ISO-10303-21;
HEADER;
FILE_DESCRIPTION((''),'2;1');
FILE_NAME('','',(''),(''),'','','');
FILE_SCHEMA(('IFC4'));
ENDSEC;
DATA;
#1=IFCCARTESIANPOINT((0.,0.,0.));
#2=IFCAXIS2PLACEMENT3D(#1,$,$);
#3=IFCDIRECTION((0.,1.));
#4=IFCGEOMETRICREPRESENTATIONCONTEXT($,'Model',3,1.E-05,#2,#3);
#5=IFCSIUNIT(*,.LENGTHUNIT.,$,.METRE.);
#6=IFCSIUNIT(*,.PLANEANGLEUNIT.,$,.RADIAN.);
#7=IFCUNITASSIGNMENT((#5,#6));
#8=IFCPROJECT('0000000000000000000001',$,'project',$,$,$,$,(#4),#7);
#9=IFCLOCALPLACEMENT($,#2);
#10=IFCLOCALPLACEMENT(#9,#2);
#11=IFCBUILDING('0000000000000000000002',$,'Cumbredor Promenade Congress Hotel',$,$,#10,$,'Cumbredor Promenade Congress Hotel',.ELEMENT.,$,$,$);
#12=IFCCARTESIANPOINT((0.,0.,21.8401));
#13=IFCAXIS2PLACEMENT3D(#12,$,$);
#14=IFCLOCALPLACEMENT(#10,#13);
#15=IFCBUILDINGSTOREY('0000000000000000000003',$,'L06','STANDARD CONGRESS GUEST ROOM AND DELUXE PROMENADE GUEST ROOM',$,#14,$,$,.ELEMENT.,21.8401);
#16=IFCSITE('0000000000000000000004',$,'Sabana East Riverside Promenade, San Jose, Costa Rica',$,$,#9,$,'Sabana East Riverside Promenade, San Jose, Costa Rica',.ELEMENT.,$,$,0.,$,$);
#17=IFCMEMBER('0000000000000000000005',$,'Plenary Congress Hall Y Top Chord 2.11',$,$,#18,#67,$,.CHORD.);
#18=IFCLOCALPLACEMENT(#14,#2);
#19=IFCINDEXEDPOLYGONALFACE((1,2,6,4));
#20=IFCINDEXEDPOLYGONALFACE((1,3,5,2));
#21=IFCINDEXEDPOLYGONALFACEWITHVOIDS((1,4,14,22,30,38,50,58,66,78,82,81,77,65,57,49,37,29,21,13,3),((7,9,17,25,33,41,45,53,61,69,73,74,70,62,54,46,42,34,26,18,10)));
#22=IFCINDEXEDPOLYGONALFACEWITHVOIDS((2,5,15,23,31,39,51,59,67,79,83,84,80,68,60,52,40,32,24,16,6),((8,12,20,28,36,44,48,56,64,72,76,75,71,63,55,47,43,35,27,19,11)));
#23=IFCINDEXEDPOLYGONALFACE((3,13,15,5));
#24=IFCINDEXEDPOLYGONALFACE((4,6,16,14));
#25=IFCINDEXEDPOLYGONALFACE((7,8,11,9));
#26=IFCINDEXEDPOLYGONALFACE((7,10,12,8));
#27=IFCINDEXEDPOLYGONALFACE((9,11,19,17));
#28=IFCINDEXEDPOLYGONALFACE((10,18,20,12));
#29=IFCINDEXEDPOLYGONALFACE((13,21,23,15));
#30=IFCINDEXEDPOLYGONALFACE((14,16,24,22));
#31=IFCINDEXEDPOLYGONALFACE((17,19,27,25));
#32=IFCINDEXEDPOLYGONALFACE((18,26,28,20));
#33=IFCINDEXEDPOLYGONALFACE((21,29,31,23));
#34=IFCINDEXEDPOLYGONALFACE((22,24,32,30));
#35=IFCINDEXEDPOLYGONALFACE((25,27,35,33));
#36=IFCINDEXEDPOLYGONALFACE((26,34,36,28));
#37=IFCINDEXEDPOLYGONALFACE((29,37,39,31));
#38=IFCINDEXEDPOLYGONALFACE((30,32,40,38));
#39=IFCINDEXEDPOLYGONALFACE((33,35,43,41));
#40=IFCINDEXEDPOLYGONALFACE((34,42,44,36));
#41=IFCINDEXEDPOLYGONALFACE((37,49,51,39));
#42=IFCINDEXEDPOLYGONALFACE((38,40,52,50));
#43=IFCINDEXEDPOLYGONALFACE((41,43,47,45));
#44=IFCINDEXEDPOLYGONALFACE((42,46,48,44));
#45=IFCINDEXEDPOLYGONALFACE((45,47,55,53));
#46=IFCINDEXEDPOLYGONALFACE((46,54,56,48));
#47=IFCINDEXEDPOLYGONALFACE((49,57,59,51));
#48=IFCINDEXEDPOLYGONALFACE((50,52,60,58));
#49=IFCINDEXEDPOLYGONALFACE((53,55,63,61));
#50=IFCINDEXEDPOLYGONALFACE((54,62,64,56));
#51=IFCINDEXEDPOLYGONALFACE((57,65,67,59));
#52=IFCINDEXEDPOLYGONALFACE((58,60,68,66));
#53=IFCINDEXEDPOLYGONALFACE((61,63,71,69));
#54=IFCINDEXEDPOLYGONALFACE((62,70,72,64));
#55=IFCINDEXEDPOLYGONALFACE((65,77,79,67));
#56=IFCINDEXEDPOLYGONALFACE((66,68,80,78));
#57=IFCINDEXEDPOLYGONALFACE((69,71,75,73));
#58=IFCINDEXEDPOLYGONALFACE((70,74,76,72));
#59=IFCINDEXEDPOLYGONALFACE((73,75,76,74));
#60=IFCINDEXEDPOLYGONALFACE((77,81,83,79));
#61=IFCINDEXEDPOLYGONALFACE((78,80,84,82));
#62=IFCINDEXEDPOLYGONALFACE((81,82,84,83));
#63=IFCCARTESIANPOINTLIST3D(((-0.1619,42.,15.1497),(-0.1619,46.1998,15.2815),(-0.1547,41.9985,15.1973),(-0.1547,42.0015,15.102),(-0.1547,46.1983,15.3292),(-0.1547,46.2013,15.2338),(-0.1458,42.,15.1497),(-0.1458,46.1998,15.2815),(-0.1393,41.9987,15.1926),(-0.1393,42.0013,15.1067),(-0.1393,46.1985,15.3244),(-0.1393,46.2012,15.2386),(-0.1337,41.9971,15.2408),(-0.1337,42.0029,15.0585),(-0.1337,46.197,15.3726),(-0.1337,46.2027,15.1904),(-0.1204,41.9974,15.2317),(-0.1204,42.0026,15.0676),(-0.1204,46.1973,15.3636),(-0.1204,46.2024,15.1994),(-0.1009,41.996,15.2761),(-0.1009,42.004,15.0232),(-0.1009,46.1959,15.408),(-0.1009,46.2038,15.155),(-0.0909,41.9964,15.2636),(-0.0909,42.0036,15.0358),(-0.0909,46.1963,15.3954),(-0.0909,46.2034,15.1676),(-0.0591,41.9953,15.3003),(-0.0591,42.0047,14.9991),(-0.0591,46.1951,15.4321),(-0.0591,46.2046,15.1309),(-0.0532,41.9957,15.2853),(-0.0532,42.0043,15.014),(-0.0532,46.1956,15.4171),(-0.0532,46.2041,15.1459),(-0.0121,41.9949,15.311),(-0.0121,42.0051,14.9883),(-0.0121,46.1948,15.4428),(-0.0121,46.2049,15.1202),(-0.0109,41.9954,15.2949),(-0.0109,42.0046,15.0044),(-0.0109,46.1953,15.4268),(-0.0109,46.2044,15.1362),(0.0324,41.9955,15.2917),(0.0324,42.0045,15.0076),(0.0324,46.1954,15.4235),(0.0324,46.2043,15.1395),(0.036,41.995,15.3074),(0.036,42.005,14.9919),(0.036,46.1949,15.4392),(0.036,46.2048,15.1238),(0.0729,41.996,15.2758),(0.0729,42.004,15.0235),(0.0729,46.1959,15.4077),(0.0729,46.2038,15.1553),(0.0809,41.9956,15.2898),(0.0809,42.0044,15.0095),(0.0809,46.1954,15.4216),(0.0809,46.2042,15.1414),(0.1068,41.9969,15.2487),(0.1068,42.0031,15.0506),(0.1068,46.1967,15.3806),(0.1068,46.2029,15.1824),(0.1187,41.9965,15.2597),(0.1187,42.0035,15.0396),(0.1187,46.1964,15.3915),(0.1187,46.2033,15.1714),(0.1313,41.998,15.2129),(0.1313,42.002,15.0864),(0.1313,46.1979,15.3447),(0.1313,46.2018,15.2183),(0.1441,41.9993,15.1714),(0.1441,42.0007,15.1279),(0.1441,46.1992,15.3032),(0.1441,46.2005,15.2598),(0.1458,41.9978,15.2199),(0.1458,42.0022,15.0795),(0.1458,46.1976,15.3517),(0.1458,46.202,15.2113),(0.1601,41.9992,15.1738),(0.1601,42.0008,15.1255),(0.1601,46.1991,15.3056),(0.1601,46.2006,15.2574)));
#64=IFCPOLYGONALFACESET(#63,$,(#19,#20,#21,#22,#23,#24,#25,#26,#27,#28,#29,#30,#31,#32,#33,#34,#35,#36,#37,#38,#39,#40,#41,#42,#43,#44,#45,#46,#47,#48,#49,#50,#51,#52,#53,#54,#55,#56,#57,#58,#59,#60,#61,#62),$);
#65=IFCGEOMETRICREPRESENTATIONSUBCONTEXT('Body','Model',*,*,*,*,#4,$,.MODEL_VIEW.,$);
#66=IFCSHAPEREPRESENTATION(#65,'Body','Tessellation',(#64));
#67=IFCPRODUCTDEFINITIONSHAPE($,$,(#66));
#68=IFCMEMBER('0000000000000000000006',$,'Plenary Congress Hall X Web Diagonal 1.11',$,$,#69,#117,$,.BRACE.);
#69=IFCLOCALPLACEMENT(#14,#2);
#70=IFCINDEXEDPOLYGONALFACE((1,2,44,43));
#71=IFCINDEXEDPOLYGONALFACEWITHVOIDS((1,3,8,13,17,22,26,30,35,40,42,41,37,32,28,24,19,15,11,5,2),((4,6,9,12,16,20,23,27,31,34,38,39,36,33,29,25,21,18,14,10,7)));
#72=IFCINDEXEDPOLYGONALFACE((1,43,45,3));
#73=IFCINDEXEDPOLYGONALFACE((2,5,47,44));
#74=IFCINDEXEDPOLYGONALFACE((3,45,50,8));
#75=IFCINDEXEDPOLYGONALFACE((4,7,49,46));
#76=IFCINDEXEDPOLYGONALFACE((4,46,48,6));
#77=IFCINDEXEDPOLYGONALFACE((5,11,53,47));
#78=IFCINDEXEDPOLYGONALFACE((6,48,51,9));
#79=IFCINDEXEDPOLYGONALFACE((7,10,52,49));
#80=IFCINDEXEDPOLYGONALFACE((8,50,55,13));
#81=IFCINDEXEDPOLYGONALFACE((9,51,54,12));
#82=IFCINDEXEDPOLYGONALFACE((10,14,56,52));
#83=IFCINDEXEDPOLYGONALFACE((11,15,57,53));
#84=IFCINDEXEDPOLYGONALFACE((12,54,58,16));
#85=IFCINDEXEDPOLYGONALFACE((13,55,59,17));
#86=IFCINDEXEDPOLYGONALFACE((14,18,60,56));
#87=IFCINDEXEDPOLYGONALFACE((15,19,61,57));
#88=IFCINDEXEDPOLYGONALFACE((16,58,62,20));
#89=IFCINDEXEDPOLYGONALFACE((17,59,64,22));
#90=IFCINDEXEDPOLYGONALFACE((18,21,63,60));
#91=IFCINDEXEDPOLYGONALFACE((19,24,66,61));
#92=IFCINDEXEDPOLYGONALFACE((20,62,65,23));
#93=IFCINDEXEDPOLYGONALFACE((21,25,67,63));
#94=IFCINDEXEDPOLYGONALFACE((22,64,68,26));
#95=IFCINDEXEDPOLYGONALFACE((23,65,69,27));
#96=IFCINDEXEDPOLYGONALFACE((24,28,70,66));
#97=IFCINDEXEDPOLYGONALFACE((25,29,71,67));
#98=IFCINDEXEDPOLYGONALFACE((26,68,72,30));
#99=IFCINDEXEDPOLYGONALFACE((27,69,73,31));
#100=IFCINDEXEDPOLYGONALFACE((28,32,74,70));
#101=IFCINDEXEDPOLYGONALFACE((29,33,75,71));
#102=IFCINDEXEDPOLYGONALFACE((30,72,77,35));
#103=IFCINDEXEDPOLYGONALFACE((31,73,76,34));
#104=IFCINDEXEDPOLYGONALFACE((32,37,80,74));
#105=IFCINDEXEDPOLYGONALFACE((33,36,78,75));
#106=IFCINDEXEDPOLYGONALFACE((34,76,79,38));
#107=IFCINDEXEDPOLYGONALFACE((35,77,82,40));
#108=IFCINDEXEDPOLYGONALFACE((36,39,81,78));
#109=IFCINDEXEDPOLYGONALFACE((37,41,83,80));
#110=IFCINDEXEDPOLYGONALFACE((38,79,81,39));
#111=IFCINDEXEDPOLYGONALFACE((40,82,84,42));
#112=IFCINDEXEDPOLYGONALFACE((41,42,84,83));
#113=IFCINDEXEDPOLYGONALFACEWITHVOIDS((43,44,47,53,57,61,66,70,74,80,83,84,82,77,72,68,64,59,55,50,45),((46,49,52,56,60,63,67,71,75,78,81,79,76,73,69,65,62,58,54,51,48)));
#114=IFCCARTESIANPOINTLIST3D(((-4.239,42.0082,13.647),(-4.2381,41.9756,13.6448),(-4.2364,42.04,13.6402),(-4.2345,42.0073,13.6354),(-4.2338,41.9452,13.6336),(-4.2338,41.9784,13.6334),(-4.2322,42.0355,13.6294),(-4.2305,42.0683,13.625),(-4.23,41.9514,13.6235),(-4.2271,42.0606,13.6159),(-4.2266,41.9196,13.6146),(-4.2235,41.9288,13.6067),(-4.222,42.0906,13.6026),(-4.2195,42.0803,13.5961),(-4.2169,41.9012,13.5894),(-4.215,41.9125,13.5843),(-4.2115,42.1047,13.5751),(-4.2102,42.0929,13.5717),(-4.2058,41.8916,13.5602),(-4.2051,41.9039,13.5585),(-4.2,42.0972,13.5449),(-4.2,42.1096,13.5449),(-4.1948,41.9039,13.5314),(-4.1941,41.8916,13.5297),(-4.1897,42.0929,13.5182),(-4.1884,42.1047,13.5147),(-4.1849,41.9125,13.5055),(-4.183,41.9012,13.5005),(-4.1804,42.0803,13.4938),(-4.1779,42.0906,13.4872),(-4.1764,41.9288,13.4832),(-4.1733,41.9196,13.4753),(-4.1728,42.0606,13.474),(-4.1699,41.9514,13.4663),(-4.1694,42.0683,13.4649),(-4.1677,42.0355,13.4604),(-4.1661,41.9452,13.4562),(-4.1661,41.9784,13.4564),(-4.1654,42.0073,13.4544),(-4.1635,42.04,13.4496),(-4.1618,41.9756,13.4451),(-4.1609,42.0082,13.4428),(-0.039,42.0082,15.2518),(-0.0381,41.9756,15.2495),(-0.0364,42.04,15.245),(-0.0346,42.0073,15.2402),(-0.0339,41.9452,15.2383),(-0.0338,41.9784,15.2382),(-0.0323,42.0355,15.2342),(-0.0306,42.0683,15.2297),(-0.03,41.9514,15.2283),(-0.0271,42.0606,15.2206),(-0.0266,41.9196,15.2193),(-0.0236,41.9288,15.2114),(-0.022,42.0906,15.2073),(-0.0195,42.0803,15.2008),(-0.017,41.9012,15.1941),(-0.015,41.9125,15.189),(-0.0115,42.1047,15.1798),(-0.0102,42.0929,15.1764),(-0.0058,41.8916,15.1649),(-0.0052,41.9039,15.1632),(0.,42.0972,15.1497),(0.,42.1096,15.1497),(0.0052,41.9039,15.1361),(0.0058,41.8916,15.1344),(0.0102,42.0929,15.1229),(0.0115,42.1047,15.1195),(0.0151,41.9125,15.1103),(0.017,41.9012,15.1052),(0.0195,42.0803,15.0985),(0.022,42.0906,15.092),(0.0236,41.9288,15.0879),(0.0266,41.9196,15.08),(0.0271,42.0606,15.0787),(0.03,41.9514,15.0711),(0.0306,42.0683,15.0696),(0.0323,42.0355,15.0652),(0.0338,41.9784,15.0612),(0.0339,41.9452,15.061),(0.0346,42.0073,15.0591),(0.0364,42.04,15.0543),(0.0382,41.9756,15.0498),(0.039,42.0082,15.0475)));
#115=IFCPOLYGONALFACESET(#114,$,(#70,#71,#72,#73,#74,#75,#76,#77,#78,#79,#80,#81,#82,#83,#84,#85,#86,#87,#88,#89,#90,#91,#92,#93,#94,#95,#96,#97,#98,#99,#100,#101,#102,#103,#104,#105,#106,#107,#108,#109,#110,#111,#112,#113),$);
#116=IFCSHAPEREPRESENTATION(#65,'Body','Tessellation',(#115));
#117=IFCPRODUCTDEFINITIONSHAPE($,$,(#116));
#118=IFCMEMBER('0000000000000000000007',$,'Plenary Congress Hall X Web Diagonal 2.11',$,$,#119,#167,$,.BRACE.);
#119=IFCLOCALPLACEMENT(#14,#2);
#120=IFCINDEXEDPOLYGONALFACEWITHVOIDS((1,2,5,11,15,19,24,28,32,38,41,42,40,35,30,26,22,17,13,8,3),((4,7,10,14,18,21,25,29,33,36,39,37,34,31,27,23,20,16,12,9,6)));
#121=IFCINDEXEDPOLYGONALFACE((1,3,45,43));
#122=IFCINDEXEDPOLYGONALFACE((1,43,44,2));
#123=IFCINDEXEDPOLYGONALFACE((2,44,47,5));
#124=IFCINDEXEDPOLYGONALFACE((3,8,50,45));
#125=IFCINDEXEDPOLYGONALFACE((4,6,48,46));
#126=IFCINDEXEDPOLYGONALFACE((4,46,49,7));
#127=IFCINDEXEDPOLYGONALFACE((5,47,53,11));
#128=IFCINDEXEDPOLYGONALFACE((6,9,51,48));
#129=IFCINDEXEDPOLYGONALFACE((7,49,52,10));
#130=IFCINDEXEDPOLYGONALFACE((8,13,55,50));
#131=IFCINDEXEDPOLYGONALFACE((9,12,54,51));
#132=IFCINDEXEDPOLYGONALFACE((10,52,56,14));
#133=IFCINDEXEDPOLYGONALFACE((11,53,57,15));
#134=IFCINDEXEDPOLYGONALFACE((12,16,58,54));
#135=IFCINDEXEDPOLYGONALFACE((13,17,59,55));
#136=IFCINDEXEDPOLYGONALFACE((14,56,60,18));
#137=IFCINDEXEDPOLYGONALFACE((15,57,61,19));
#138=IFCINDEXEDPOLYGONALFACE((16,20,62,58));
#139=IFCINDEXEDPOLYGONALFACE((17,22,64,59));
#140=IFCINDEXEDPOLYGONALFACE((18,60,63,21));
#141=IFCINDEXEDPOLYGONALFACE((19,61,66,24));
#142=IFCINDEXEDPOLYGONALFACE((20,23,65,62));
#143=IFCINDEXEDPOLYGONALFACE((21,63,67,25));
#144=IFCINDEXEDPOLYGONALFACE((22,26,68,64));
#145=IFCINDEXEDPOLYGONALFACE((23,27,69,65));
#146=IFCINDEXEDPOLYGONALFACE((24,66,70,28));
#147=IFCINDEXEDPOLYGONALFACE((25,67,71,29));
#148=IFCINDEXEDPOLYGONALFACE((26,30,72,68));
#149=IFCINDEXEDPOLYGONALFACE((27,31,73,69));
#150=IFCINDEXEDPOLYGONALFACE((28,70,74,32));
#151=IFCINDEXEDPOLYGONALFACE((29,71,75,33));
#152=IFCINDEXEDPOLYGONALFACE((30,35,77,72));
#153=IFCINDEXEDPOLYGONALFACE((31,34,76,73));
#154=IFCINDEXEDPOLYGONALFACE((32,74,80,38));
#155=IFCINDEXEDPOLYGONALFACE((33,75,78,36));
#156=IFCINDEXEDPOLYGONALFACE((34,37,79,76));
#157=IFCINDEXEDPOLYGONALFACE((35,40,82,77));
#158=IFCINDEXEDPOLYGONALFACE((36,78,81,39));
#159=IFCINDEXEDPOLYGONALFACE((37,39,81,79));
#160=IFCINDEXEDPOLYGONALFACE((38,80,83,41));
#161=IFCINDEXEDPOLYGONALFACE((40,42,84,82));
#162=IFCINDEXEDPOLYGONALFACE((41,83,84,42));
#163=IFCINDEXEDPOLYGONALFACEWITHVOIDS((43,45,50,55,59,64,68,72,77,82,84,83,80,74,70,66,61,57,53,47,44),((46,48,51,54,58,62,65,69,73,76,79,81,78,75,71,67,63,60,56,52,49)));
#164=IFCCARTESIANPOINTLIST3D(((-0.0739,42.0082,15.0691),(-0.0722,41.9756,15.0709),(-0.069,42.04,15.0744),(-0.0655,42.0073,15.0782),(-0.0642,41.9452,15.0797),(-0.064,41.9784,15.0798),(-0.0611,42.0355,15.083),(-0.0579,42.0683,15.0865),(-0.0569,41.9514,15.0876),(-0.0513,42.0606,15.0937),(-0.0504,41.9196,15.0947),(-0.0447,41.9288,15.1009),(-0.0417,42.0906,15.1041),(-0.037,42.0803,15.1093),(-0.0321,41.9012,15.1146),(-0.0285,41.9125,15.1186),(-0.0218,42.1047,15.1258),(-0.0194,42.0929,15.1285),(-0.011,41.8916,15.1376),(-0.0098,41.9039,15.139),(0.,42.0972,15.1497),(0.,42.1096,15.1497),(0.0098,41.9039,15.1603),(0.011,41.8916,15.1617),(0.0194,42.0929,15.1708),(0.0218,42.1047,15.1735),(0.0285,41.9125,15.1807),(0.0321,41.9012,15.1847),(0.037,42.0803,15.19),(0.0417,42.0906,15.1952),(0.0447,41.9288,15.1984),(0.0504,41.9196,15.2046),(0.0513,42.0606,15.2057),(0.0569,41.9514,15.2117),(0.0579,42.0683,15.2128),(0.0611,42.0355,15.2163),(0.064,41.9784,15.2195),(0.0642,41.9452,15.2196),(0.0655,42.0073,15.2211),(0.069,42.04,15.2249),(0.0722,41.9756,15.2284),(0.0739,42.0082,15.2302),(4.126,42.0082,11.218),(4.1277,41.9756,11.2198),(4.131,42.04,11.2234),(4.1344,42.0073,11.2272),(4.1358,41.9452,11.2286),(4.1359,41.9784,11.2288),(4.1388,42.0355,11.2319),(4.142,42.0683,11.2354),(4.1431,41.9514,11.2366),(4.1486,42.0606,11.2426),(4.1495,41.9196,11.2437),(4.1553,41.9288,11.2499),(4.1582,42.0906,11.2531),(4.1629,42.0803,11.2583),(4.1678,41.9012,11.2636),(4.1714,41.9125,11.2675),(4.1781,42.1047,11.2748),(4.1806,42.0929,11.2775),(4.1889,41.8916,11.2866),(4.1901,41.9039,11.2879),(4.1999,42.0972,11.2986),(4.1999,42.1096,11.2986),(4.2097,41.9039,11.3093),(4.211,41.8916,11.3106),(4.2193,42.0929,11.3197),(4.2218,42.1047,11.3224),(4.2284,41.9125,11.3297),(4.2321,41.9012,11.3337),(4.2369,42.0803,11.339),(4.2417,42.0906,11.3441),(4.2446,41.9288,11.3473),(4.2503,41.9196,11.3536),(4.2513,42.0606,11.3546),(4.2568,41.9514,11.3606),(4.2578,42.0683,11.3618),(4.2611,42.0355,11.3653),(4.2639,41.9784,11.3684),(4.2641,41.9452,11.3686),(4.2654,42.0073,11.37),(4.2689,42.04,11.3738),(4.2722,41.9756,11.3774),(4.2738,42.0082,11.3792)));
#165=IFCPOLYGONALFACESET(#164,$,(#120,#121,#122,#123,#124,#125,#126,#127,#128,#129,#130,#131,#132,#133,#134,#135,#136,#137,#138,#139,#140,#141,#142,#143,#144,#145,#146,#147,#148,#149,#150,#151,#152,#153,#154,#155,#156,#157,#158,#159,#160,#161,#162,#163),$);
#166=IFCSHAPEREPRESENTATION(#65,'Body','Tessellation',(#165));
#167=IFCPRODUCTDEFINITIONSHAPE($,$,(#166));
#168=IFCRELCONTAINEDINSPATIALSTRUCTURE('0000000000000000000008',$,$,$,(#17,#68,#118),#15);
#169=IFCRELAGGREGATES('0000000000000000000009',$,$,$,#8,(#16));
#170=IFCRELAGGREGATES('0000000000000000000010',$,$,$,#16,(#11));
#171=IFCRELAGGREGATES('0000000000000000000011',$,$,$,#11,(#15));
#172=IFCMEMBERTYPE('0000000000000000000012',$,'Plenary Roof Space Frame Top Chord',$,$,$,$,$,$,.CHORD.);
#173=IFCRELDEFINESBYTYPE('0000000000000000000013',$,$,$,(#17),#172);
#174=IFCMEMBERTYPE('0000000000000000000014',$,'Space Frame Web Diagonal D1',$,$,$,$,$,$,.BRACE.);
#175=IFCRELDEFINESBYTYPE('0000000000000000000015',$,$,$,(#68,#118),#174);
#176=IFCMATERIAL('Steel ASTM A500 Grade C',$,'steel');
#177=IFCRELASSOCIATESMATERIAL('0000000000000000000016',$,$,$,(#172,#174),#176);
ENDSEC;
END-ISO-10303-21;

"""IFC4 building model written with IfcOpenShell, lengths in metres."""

from ifc_helpers import new_model, si_unit, direction, frame, origin, origin_2d, place, context, subcontext, project, spatial, hollow_circle, extrude, material, material_profile, profile_set, type_object, element, save


model = new_model("IFC4")

# Units and contexts
model_context = context("Model", 3, precision=1e-05, world=origin(), true_north=direction((0.0, 1.0)))
body_context = subcontext(model_context, "Body", "Model", "MODEL_VIEW")
ifc_project = project(units=[si_unit("LENGTHUNIT", "METRE"), si_unit("PLANEANGLEUNIT", "RADIAN")], contexts=[model_context])

# Site, building, storey
site_placement = place(None, origin())
site = spatial("IfcSite", under=ifc_project, at=site_placement, Name="Sabana East Riverside Promenade, San Jose, Costa Rica", LongName="Sabana East Riverside Promenade, San Jose, Costa Rica", CompositionType="ELEMENT", RefElevation=0.0)
building_placement = place(site_placement, origin())
building = spatial("IfcBuilding", under=site, at=building_placement, Name="Cumbredor Promenade Congress Hotel", LongName="Cumbredor Promenade Congress Hotel", CompositionType="ELEMENT")
storey_placement = place(building_placement, frame((0.0, 0.0, 21.8401)))
storey = spatial("IfcBuildingStorey", under=building, at=storey_placement, Name="L06", Description="STANDARD CONGRESS GUEST ROOM AND DELUXE PROMENADE GUEST ROOM", CompositionType="ELEMENT", Elevation=21.8401)

# Members
ifc_material_1 = material(Name="Steel ASTM A500 Grade C", Category="steel")
ifc_material_profile_1 = material_profile(ifc_material_1, hollow_circle(Radius=0.1619, WallThickness=0.0161, at=origin_2d()), Name="CHS 323.9x16")
ifc_profile_set_1 = profile_set([ifc_material_profile_1], Name="Steel ASTM A500 Grade C")
member_type_1 = type_object("IfcMemberType", Name="Plenary Roof Space Frame Top Chord", PredefinedType="CHORD", material=ifc_profile_set_1)
member_1_placement = place(storey_placement, frame((0.0, 42.0, 15.1497), z_axis=(0.0, 0.999508, 0.031374), x_axis=(-1.0, 0.0, 0.0)))
element("IfcMember", 1, at=member_1_placement, inside=storey, type_object=member_type_1, Name="Plenary Congress Hall Y Top Chord 2.11", PredefinedType="CHORD", context=body_context, shape_type="SweptSolid", body=[
    extrude(hollow_circle(Radius=0.1619, WallThickness=0.0161, at=origin_2d()), origin(), (0.0, 0.0, 1.0), 4.2019),
])
ifc_material_profile_2 = material_profile(ifc_material_1, hollow_circle(Radius=0.1096, WallThickness=0.0125, at=origin_2d()), Name="CHS 219.1x12.5")
ifc_profile_set_2 = profile_set([ifc_material_profile_2], Name="Steel ASTM A500 Grade C")
member_type_2 = type_object("IfcMemberType", Name="Space Frame Web Diagonal D1", PredefinedType="BRACE", material=ifc_profile_set_2)
member_2_placement = place(storey_placement, frame((-4.2, 42.0, 13.5449), z_axis=(0.934135, 0.0, 0.356919), x_axis=(0.0, 1.0, 0.0)))
element("IfcMember", 2, at=member_2_placement, inside=storey, type_object=member_type_2, Name="Plenary Congress Hall X Web Diagonal 1.11", PredefinedType="BRACE", context=body_context, shape_type="SweptSolid", body=[
    extrude(hollow_circle(Radius=0.1096, WallThickness=0.0125, at=origin_2d()), origin(), (0.0, 0.0, 1.0), 4.4961),
])
member_3_placement = place(storey_placement, frame((0.0, 42.0, 15.1497), z_axis=(0.737056, 0.0, -0.675831), x_axis=(0.0, 1.0, 0.0)))
element("IfcMember", 3, at=member_3_placement, inside=storey, type_object=member_type_2, Name="Plenary Congress Hall X Web Diagonal 2.11", PredefinedType="BRACE", context=body_context, shape_type="SweptSolid", body=[
    extrude(hollow_circle(Radius=0.1096, WallThickness=0.0125, at=origin_2d()), origin(), (0.0, 0.0, 1.0), 5.6982),
])

save(model, "model.ifc")
